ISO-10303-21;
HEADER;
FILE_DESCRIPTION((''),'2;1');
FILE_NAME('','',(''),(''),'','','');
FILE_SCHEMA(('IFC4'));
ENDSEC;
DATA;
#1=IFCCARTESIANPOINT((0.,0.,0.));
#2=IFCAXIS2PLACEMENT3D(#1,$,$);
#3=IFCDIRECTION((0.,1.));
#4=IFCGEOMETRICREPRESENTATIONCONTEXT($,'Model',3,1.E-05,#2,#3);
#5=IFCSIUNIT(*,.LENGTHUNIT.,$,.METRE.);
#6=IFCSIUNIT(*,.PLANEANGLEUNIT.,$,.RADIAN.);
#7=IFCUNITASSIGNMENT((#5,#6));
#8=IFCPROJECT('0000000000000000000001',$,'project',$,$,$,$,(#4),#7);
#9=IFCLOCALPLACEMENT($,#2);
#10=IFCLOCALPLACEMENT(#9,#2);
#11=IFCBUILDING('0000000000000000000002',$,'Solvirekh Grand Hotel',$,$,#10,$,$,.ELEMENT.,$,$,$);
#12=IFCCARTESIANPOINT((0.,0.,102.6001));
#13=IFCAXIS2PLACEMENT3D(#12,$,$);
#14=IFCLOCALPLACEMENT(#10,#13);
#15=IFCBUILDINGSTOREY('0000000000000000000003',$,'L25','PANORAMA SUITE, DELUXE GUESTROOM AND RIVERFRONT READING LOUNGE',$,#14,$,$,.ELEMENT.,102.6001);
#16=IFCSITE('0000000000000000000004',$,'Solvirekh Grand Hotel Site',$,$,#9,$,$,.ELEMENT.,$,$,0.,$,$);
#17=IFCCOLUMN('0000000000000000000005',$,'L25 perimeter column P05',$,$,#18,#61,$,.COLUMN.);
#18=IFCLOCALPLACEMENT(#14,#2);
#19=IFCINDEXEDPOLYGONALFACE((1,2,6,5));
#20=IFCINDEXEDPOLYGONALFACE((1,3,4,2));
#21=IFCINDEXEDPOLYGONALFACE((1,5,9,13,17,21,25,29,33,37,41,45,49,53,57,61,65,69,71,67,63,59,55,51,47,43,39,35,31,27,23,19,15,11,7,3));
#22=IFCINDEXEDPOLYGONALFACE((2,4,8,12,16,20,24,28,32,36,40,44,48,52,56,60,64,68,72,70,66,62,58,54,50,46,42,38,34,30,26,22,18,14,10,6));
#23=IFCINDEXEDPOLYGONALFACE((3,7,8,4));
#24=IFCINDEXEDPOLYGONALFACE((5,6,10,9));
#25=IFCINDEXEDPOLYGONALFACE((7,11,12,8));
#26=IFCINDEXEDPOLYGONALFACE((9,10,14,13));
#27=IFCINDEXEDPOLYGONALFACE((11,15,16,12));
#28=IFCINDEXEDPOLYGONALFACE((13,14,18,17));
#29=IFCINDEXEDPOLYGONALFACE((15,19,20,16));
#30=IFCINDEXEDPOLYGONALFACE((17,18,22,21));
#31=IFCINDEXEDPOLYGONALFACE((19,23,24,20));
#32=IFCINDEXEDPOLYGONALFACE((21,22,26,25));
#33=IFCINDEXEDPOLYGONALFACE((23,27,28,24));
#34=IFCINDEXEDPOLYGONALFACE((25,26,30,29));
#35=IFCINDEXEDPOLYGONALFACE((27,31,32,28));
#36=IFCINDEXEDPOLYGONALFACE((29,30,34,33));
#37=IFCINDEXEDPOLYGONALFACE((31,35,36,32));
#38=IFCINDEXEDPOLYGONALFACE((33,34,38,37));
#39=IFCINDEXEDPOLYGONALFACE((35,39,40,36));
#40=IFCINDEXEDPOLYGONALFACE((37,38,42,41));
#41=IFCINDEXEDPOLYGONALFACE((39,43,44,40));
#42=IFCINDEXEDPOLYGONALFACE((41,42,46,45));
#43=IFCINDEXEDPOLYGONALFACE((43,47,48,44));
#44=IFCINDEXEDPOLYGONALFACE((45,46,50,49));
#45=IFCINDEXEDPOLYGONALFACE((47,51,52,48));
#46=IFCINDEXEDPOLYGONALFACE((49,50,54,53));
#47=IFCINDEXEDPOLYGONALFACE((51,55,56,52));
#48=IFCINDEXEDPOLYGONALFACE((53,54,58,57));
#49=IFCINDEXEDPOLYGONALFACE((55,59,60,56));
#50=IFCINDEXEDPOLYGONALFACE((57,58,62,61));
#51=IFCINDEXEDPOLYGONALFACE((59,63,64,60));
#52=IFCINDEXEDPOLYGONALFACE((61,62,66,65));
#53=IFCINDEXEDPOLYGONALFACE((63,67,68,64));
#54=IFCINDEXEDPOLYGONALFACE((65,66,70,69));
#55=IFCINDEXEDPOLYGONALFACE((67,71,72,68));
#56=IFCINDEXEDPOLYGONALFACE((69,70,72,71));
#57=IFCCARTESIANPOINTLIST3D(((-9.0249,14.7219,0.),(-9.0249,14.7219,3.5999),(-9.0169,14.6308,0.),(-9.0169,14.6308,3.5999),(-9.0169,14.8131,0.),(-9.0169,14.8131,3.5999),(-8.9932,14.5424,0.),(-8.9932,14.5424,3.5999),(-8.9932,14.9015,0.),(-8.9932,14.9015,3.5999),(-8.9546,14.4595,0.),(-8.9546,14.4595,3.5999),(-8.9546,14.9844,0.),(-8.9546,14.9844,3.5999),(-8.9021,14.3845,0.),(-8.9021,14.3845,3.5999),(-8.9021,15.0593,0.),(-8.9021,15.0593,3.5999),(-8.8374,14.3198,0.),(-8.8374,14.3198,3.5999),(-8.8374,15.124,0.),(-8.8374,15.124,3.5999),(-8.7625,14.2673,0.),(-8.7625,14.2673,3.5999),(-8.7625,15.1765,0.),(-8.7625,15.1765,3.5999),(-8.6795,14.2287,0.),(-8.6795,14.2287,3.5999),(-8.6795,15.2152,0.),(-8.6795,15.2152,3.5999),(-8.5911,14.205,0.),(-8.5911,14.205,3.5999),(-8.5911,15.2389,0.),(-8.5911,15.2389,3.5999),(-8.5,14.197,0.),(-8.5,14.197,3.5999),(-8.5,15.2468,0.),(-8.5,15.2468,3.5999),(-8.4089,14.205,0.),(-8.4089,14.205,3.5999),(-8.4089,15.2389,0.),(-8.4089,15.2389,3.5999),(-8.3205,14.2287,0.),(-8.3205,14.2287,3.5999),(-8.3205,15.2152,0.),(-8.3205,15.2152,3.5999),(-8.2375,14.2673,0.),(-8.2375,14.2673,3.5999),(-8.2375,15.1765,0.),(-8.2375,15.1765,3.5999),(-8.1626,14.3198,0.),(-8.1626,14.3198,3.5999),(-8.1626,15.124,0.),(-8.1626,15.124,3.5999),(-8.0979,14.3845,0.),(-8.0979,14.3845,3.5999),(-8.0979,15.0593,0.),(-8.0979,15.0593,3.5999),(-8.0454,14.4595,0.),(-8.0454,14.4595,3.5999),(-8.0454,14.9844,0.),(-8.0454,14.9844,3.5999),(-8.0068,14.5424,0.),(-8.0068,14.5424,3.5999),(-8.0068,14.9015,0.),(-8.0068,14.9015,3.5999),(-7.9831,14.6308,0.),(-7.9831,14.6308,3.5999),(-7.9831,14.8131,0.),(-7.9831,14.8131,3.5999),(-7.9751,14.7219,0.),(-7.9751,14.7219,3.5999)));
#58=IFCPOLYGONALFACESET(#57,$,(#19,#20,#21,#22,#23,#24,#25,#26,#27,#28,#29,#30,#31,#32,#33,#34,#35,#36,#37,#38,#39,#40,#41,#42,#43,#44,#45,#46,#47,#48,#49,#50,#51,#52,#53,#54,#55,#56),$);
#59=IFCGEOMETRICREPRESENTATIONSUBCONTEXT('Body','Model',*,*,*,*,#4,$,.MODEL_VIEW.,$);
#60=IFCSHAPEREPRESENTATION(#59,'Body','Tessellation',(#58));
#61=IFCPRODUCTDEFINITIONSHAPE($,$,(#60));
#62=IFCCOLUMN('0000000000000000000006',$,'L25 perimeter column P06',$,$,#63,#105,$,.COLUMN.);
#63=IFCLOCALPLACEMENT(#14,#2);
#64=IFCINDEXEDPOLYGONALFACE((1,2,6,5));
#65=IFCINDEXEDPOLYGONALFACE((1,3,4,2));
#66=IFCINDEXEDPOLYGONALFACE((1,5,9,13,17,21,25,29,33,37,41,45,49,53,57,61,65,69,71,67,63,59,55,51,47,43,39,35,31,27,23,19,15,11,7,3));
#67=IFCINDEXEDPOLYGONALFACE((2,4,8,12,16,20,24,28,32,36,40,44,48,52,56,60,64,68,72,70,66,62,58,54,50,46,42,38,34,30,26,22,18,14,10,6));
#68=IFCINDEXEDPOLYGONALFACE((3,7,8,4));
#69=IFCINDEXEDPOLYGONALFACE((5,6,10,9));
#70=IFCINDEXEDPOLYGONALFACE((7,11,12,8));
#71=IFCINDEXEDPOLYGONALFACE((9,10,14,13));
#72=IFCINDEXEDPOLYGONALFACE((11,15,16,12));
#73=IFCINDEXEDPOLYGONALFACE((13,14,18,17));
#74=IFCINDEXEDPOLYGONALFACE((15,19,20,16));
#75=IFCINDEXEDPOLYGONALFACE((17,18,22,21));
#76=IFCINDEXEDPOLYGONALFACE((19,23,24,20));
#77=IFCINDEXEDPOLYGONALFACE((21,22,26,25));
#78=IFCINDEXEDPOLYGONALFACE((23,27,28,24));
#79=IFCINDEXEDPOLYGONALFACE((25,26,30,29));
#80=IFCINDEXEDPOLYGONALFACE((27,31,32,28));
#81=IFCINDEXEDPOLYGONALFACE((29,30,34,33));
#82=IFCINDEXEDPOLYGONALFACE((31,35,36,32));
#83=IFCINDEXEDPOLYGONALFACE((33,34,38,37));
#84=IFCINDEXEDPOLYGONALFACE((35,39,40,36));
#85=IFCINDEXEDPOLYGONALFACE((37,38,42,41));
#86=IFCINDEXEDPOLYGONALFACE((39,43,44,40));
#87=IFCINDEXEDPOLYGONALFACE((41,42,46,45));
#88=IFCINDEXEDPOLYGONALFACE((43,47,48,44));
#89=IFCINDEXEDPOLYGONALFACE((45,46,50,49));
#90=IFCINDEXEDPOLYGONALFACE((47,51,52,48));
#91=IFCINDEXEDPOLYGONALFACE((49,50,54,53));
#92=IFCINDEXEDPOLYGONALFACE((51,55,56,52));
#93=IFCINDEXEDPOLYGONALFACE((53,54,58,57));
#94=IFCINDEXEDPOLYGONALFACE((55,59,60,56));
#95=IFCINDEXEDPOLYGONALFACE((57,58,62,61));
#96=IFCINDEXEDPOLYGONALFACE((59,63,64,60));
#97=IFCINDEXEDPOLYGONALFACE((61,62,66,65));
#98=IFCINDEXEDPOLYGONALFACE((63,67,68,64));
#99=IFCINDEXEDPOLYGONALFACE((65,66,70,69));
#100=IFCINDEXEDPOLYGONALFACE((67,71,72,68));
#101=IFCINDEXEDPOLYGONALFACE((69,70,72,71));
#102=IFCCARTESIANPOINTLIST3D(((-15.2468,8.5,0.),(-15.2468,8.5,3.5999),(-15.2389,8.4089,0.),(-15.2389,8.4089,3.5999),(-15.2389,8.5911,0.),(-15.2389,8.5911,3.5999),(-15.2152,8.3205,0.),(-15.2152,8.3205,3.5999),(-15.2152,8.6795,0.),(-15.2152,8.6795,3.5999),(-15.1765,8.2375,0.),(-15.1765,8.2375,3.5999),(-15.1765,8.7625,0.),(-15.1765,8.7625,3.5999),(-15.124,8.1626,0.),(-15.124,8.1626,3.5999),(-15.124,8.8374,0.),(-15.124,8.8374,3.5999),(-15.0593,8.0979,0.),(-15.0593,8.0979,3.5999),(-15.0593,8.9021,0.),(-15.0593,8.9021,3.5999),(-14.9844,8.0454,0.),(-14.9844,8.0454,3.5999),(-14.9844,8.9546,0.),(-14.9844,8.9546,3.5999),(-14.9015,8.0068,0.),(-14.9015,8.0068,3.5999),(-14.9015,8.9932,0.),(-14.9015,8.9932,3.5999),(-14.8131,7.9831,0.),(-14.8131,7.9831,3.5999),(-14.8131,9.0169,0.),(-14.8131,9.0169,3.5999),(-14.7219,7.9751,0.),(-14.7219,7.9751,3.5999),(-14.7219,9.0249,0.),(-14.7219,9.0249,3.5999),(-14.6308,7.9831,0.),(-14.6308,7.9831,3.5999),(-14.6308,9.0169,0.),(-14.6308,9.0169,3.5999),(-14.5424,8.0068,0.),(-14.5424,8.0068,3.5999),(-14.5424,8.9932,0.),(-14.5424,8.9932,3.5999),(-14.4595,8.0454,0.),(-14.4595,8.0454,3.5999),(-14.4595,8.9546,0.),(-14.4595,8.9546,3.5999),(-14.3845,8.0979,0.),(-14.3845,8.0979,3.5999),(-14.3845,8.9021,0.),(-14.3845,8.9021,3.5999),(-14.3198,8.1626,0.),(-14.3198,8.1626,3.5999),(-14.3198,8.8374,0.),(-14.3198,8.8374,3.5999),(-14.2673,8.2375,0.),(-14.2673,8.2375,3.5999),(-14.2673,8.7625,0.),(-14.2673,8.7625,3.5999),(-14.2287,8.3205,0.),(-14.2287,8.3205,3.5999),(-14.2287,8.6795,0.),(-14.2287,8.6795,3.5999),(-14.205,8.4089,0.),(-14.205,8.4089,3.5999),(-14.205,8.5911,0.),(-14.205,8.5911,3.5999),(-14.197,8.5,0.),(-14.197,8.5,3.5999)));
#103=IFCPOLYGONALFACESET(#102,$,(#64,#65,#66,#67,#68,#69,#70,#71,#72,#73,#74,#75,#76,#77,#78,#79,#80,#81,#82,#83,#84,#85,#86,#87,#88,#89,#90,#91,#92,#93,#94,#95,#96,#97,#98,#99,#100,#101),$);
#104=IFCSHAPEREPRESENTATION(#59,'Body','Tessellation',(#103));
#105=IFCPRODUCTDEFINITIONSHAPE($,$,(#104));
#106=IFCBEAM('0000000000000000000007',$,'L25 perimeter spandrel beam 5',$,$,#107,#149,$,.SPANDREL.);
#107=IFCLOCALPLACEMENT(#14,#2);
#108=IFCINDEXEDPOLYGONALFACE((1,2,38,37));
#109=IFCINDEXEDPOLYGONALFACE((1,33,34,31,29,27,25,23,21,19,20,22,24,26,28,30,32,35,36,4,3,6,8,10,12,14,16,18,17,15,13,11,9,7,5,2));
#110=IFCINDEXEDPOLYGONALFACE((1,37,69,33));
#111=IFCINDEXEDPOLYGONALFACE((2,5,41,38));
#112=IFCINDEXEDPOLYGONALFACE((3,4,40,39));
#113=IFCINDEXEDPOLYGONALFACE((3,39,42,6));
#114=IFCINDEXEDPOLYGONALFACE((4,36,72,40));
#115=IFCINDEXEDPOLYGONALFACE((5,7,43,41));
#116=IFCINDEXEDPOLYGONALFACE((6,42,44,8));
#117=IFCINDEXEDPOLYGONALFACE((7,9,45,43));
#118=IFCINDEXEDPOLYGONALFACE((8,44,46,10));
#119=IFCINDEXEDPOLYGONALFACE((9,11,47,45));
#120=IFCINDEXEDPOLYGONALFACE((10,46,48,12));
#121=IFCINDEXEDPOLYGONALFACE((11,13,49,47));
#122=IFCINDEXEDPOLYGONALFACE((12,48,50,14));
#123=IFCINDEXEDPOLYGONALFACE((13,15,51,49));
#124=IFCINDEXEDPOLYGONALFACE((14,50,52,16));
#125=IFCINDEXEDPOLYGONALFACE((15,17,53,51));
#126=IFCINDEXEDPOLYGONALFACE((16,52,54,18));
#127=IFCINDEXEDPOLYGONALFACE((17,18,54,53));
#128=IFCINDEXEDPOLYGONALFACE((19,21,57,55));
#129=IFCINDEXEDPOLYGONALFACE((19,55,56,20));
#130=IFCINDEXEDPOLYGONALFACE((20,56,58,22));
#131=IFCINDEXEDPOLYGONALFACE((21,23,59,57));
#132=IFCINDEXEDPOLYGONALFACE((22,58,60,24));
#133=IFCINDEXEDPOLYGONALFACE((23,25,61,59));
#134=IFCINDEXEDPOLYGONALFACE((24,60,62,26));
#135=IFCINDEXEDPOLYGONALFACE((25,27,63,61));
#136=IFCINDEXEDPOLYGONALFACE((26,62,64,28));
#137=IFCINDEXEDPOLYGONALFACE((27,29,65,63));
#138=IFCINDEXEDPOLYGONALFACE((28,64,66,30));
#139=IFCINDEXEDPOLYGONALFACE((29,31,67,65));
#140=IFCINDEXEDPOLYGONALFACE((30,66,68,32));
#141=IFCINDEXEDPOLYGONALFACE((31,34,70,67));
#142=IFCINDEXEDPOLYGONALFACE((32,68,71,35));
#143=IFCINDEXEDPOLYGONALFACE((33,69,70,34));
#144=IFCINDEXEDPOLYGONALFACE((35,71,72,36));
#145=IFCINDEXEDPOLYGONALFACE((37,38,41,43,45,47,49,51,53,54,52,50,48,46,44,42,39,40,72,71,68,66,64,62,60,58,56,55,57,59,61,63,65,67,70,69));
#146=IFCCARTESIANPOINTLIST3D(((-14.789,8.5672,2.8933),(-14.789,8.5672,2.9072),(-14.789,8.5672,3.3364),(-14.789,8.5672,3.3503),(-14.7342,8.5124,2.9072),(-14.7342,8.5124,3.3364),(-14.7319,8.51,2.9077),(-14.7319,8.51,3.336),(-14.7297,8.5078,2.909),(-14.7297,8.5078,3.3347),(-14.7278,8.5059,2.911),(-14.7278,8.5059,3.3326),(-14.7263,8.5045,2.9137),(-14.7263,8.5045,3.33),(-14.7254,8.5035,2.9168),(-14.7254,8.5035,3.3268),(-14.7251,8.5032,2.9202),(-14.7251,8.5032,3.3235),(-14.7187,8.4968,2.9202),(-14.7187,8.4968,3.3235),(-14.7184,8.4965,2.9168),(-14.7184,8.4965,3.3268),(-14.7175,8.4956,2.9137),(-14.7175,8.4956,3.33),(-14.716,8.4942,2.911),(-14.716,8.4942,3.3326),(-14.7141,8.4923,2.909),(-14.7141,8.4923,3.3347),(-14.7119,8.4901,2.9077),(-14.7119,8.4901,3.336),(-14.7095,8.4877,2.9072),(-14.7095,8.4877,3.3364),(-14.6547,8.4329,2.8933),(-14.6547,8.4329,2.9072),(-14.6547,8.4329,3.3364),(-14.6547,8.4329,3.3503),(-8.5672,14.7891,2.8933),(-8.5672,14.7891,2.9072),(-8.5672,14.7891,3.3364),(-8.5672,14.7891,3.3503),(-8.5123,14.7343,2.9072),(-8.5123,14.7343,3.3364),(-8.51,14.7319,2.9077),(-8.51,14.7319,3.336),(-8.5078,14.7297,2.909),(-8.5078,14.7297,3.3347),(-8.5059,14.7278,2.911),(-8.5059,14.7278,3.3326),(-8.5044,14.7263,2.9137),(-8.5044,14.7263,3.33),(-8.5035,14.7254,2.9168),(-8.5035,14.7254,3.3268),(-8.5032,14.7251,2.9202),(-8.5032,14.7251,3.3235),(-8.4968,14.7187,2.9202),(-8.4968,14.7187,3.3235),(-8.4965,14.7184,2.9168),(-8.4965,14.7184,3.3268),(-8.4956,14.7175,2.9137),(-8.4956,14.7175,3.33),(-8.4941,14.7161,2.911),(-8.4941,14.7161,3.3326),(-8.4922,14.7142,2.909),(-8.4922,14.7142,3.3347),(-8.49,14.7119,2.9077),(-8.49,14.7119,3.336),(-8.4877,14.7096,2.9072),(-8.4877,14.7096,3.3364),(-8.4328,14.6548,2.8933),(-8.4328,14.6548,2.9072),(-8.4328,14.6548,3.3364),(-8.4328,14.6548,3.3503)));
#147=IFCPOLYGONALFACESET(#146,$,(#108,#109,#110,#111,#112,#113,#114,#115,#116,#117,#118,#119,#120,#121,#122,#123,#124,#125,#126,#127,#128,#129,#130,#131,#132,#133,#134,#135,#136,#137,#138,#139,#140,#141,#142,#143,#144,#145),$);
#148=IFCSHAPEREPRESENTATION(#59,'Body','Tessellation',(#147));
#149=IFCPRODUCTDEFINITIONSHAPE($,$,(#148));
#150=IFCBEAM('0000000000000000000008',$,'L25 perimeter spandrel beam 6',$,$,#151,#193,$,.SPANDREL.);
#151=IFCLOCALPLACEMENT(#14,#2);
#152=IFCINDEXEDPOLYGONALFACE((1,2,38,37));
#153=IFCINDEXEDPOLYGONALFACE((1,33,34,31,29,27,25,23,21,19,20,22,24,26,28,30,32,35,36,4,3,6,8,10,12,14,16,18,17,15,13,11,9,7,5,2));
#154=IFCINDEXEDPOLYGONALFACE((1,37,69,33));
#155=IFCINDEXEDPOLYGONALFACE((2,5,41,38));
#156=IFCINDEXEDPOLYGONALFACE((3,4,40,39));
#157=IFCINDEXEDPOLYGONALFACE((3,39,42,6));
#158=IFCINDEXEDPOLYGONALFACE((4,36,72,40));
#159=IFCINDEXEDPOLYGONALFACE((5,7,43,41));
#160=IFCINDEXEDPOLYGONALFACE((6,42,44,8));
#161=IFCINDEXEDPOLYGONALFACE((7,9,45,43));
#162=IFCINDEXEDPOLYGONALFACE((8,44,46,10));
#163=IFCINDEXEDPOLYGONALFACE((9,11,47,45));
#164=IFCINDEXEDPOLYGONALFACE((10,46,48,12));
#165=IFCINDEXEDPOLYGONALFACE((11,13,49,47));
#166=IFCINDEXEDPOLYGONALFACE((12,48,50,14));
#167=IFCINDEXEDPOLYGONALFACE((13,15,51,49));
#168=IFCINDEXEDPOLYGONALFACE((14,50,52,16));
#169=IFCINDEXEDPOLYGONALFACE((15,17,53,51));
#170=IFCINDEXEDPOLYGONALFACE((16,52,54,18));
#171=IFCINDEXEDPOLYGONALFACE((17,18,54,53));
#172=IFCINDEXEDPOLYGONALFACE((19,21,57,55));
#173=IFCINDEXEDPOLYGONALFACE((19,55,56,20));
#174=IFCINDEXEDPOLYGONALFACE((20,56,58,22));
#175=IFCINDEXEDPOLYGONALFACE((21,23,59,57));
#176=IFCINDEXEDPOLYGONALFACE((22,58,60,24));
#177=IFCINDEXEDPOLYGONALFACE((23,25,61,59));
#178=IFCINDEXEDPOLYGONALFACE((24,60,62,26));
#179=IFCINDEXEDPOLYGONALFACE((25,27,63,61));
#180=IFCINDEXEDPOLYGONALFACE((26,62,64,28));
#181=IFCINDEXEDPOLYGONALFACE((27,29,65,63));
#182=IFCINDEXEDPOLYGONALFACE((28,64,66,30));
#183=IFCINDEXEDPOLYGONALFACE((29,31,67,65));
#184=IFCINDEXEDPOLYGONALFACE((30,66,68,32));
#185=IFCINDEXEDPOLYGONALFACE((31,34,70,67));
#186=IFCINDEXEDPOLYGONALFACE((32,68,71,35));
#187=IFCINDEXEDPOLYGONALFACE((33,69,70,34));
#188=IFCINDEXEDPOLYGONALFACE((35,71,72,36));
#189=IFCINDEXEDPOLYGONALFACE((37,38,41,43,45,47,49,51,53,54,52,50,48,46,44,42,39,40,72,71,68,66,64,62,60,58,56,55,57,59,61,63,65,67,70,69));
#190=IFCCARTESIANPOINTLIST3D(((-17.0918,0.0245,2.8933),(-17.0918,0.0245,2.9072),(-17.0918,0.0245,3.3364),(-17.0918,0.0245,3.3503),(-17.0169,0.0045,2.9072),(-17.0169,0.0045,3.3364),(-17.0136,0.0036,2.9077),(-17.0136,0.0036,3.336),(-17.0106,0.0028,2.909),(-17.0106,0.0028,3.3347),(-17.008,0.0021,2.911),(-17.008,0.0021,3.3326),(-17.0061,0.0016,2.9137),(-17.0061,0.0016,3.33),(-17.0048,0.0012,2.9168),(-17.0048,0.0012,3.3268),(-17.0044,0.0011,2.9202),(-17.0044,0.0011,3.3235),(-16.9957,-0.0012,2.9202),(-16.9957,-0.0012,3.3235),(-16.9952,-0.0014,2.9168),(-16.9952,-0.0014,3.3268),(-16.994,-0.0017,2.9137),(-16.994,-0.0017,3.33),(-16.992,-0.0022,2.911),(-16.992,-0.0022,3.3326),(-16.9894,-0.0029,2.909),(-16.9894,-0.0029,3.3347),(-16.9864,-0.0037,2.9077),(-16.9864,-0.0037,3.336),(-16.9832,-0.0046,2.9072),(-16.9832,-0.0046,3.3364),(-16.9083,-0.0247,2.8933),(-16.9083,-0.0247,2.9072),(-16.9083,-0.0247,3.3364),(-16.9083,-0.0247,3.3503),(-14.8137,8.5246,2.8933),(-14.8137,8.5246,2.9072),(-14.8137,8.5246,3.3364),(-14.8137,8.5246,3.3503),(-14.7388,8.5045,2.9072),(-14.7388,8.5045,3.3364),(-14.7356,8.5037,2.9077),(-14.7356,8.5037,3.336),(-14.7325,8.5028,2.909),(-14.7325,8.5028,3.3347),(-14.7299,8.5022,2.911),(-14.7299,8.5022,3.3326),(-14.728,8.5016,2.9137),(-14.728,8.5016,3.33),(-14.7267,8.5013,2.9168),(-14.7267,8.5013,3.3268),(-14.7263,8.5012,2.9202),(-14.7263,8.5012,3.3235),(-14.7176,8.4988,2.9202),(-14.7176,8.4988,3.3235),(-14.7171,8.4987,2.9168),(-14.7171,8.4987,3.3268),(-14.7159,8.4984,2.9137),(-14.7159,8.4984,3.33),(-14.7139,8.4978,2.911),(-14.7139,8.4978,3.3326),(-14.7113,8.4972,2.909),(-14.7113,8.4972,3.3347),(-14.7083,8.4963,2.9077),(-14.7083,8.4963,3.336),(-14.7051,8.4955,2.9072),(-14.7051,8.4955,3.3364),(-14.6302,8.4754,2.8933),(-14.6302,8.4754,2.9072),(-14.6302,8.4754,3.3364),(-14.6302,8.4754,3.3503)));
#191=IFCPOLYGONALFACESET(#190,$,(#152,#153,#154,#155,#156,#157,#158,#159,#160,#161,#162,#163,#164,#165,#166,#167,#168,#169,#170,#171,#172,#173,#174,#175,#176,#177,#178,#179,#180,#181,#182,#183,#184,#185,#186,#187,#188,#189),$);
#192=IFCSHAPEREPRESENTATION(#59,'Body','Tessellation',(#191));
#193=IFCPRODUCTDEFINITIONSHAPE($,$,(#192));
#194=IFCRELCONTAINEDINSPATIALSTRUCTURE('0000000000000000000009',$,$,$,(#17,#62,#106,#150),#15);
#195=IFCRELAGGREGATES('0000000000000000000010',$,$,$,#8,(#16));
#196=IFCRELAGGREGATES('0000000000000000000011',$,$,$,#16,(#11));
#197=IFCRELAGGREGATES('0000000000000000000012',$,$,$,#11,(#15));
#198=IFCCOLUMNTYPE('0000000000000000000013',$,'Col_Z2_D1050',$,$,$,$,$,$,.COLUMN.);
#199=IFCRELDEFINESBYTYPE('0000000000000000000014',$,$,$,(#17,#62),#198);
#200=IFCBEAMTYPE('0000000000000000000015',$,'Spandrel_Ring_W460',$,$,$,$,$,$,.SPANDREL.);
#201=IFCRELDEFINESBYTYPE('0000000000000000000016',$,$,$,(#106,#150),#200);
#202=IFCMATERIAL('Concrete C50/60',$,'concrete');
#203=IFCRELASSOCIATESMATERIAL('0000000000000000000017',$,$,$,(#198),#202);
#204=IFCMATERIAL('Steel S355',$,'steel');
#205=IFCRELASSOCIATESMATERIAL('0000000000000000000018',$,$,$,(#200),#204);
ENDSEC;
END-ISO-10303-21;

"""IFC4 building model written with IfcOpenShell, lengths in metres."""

from ifc_helpers import new_model, si_unit, direction, frame, origin, origin_2d, place, context, subcontext, project, spatial, circle, i_section, extrude, material, material_profile, profile_set, type_object, element, save


model = new_model("IFC4")

# Units and contexts
model_context = context("Model", 3, precision=1e-05, world=origin(), true_north=direction((0.0, 1.0)))
body_context = subcontext(model_context, "Body", "Model", "MODEL_VIEW")
ifc_project = project(units=[si_unit("LENGTHUNIT", "METRE"), si_unit("PLANEANGLEUNIT", "RADIAN")], contexts=[model_context])

# Site, building, storey
site_placement = place(None, origin())
site = spatial("IfcSite", under=ifc_project, at=site_placement, Name="Solvirekh Grand Hotel Site", CompositionType="ELEMENT", RefElevation=0.0)
building_placement = place(site_placement, origin())
building = spatial("IfcBuilding", under=site, at=building_placement, Name="Solvirekh Grand Hotel", CompositionType="ELEMENT")
storey_placement = place(building_placement, frame((0.0, 0.0, 102.6001)))
storey = spatial("IfcBuildingStorey", under=building, at=storey_placement, Name="L25", Description="PANORAMA SUITE, DELUXE GUESTROOM AND RIVERFRONT READING LOUNGE", CompositionType="ELEMENT", Elevation=102.6001)

# Columns
ifc_material_1 = material(Name="Concrete C50/60", Category="concrete")
ifc_material_profile_1 = material_profile(ifc_material_1, circle(Radius=0.5249, at=origin_2d()), Name="RC CIRC D1050")
ifc_profile_set_1 = profile_set([ifc_material_profile_1], Name="Concrete C50/60")
column_type = type_object("IfcColumnType", Name="Col_Z2_D1050", PredefinedType="COLUMN", material=ifc_profile_set_1)
for number, where, z_axis, x_axis, name in (
    (1, (-8.5, 14.7219, 0.0), (0.0, 0.0, 1.0), (1.0, 0.0, 0.0), "L25 perimeter column P05"),
    (2, (-14.7219, 8.5, 0.0), (0.0, 0.0, 1.0), (1.0, 0.0, 0.0), "L25 perimeter column P06"),
):
    element("IfcColumn", number, at=place(storey_placement, frame(where, z_axis=z_axis, x_axis=x_axis)), inside=storey, type_object=column_type, Name=name, PredefinedType="COLUMN", context=body_context, shape_type="SweptSolid", body=[
        extrude(circle(Radius=0.5249, at=origin_2d()), origin(), (0.0, 0.0, 1.0), 3.5999),
    ])

# Beams
ifc_material_2 = material(Name="Steel S355", Category="steel")
ifc_material_profile_2 = material_profile(ifc_material_2, i_section(OverallWidth=0.1899, OverallDepth=0.457, WebThickness=0.009, FlangeThickness=0.0139, FilletRadius=0.0129, at=origin_2d()), Name="W460X74")
ifc_profile_set_2 = profile_set([ifc_material_profile_2], Name="Steel S355")
beam_type = type_object("IfcBeamType", Name="Spandrel_Ring_W460", PredefinedType="SPANDREL", material=ifc_profile_set_2)
beam_1_placement = place(storey_placement, frame((-8.5, 14.7219, 3.1218), z_axis=(-0.707107, -0.707107, 0.0), x_axis=(0.707107, -0.707107, 0.0)))
element("IfcBeam", 3, at=beam_1_placement, inside=storey, type_object=beam_type, Name="L25 perimeter spandrel beam 5", PredefinedType="SPANDREL", context=body_context, shape_type="SweptSolid", body=[
    extrude(i_section(OverallWidth=0.1899, OverallDepth=0.457, WebThickness=0.009, FlangeThickness=0.0139, FilletRadius=0.0129, at=origin_2d()), origin(), (0.0, 0.0, 1.0), 8.7991),
])
beam_2_placement = place(storey_placement, frame((-14.7219, 8.5, 3.1218), z_axis=(-0.258873, -0.965911, 0.0), x_axis=(0.965911, -0.258873, 0.0)))
element("IfcBeam", 4, at=beam_2_placement, inside=storey, type_object=beam_type, Name="L25 perimeter spandrel beam 6", PredefinedType="SPANDREL", context=body_context, shape_type="SweptSolid", body=[
    extrude(i_section(OverallWidth=0.1899, OverallDepth=0.457, WebThickness=0.009, FlangeThickness=0.0139, FilletRadius=0.0129, at=origin_2d()), origin(), (0.0, 0.0, 1.0), 8.8),
])

save(model, "model.ifc")
